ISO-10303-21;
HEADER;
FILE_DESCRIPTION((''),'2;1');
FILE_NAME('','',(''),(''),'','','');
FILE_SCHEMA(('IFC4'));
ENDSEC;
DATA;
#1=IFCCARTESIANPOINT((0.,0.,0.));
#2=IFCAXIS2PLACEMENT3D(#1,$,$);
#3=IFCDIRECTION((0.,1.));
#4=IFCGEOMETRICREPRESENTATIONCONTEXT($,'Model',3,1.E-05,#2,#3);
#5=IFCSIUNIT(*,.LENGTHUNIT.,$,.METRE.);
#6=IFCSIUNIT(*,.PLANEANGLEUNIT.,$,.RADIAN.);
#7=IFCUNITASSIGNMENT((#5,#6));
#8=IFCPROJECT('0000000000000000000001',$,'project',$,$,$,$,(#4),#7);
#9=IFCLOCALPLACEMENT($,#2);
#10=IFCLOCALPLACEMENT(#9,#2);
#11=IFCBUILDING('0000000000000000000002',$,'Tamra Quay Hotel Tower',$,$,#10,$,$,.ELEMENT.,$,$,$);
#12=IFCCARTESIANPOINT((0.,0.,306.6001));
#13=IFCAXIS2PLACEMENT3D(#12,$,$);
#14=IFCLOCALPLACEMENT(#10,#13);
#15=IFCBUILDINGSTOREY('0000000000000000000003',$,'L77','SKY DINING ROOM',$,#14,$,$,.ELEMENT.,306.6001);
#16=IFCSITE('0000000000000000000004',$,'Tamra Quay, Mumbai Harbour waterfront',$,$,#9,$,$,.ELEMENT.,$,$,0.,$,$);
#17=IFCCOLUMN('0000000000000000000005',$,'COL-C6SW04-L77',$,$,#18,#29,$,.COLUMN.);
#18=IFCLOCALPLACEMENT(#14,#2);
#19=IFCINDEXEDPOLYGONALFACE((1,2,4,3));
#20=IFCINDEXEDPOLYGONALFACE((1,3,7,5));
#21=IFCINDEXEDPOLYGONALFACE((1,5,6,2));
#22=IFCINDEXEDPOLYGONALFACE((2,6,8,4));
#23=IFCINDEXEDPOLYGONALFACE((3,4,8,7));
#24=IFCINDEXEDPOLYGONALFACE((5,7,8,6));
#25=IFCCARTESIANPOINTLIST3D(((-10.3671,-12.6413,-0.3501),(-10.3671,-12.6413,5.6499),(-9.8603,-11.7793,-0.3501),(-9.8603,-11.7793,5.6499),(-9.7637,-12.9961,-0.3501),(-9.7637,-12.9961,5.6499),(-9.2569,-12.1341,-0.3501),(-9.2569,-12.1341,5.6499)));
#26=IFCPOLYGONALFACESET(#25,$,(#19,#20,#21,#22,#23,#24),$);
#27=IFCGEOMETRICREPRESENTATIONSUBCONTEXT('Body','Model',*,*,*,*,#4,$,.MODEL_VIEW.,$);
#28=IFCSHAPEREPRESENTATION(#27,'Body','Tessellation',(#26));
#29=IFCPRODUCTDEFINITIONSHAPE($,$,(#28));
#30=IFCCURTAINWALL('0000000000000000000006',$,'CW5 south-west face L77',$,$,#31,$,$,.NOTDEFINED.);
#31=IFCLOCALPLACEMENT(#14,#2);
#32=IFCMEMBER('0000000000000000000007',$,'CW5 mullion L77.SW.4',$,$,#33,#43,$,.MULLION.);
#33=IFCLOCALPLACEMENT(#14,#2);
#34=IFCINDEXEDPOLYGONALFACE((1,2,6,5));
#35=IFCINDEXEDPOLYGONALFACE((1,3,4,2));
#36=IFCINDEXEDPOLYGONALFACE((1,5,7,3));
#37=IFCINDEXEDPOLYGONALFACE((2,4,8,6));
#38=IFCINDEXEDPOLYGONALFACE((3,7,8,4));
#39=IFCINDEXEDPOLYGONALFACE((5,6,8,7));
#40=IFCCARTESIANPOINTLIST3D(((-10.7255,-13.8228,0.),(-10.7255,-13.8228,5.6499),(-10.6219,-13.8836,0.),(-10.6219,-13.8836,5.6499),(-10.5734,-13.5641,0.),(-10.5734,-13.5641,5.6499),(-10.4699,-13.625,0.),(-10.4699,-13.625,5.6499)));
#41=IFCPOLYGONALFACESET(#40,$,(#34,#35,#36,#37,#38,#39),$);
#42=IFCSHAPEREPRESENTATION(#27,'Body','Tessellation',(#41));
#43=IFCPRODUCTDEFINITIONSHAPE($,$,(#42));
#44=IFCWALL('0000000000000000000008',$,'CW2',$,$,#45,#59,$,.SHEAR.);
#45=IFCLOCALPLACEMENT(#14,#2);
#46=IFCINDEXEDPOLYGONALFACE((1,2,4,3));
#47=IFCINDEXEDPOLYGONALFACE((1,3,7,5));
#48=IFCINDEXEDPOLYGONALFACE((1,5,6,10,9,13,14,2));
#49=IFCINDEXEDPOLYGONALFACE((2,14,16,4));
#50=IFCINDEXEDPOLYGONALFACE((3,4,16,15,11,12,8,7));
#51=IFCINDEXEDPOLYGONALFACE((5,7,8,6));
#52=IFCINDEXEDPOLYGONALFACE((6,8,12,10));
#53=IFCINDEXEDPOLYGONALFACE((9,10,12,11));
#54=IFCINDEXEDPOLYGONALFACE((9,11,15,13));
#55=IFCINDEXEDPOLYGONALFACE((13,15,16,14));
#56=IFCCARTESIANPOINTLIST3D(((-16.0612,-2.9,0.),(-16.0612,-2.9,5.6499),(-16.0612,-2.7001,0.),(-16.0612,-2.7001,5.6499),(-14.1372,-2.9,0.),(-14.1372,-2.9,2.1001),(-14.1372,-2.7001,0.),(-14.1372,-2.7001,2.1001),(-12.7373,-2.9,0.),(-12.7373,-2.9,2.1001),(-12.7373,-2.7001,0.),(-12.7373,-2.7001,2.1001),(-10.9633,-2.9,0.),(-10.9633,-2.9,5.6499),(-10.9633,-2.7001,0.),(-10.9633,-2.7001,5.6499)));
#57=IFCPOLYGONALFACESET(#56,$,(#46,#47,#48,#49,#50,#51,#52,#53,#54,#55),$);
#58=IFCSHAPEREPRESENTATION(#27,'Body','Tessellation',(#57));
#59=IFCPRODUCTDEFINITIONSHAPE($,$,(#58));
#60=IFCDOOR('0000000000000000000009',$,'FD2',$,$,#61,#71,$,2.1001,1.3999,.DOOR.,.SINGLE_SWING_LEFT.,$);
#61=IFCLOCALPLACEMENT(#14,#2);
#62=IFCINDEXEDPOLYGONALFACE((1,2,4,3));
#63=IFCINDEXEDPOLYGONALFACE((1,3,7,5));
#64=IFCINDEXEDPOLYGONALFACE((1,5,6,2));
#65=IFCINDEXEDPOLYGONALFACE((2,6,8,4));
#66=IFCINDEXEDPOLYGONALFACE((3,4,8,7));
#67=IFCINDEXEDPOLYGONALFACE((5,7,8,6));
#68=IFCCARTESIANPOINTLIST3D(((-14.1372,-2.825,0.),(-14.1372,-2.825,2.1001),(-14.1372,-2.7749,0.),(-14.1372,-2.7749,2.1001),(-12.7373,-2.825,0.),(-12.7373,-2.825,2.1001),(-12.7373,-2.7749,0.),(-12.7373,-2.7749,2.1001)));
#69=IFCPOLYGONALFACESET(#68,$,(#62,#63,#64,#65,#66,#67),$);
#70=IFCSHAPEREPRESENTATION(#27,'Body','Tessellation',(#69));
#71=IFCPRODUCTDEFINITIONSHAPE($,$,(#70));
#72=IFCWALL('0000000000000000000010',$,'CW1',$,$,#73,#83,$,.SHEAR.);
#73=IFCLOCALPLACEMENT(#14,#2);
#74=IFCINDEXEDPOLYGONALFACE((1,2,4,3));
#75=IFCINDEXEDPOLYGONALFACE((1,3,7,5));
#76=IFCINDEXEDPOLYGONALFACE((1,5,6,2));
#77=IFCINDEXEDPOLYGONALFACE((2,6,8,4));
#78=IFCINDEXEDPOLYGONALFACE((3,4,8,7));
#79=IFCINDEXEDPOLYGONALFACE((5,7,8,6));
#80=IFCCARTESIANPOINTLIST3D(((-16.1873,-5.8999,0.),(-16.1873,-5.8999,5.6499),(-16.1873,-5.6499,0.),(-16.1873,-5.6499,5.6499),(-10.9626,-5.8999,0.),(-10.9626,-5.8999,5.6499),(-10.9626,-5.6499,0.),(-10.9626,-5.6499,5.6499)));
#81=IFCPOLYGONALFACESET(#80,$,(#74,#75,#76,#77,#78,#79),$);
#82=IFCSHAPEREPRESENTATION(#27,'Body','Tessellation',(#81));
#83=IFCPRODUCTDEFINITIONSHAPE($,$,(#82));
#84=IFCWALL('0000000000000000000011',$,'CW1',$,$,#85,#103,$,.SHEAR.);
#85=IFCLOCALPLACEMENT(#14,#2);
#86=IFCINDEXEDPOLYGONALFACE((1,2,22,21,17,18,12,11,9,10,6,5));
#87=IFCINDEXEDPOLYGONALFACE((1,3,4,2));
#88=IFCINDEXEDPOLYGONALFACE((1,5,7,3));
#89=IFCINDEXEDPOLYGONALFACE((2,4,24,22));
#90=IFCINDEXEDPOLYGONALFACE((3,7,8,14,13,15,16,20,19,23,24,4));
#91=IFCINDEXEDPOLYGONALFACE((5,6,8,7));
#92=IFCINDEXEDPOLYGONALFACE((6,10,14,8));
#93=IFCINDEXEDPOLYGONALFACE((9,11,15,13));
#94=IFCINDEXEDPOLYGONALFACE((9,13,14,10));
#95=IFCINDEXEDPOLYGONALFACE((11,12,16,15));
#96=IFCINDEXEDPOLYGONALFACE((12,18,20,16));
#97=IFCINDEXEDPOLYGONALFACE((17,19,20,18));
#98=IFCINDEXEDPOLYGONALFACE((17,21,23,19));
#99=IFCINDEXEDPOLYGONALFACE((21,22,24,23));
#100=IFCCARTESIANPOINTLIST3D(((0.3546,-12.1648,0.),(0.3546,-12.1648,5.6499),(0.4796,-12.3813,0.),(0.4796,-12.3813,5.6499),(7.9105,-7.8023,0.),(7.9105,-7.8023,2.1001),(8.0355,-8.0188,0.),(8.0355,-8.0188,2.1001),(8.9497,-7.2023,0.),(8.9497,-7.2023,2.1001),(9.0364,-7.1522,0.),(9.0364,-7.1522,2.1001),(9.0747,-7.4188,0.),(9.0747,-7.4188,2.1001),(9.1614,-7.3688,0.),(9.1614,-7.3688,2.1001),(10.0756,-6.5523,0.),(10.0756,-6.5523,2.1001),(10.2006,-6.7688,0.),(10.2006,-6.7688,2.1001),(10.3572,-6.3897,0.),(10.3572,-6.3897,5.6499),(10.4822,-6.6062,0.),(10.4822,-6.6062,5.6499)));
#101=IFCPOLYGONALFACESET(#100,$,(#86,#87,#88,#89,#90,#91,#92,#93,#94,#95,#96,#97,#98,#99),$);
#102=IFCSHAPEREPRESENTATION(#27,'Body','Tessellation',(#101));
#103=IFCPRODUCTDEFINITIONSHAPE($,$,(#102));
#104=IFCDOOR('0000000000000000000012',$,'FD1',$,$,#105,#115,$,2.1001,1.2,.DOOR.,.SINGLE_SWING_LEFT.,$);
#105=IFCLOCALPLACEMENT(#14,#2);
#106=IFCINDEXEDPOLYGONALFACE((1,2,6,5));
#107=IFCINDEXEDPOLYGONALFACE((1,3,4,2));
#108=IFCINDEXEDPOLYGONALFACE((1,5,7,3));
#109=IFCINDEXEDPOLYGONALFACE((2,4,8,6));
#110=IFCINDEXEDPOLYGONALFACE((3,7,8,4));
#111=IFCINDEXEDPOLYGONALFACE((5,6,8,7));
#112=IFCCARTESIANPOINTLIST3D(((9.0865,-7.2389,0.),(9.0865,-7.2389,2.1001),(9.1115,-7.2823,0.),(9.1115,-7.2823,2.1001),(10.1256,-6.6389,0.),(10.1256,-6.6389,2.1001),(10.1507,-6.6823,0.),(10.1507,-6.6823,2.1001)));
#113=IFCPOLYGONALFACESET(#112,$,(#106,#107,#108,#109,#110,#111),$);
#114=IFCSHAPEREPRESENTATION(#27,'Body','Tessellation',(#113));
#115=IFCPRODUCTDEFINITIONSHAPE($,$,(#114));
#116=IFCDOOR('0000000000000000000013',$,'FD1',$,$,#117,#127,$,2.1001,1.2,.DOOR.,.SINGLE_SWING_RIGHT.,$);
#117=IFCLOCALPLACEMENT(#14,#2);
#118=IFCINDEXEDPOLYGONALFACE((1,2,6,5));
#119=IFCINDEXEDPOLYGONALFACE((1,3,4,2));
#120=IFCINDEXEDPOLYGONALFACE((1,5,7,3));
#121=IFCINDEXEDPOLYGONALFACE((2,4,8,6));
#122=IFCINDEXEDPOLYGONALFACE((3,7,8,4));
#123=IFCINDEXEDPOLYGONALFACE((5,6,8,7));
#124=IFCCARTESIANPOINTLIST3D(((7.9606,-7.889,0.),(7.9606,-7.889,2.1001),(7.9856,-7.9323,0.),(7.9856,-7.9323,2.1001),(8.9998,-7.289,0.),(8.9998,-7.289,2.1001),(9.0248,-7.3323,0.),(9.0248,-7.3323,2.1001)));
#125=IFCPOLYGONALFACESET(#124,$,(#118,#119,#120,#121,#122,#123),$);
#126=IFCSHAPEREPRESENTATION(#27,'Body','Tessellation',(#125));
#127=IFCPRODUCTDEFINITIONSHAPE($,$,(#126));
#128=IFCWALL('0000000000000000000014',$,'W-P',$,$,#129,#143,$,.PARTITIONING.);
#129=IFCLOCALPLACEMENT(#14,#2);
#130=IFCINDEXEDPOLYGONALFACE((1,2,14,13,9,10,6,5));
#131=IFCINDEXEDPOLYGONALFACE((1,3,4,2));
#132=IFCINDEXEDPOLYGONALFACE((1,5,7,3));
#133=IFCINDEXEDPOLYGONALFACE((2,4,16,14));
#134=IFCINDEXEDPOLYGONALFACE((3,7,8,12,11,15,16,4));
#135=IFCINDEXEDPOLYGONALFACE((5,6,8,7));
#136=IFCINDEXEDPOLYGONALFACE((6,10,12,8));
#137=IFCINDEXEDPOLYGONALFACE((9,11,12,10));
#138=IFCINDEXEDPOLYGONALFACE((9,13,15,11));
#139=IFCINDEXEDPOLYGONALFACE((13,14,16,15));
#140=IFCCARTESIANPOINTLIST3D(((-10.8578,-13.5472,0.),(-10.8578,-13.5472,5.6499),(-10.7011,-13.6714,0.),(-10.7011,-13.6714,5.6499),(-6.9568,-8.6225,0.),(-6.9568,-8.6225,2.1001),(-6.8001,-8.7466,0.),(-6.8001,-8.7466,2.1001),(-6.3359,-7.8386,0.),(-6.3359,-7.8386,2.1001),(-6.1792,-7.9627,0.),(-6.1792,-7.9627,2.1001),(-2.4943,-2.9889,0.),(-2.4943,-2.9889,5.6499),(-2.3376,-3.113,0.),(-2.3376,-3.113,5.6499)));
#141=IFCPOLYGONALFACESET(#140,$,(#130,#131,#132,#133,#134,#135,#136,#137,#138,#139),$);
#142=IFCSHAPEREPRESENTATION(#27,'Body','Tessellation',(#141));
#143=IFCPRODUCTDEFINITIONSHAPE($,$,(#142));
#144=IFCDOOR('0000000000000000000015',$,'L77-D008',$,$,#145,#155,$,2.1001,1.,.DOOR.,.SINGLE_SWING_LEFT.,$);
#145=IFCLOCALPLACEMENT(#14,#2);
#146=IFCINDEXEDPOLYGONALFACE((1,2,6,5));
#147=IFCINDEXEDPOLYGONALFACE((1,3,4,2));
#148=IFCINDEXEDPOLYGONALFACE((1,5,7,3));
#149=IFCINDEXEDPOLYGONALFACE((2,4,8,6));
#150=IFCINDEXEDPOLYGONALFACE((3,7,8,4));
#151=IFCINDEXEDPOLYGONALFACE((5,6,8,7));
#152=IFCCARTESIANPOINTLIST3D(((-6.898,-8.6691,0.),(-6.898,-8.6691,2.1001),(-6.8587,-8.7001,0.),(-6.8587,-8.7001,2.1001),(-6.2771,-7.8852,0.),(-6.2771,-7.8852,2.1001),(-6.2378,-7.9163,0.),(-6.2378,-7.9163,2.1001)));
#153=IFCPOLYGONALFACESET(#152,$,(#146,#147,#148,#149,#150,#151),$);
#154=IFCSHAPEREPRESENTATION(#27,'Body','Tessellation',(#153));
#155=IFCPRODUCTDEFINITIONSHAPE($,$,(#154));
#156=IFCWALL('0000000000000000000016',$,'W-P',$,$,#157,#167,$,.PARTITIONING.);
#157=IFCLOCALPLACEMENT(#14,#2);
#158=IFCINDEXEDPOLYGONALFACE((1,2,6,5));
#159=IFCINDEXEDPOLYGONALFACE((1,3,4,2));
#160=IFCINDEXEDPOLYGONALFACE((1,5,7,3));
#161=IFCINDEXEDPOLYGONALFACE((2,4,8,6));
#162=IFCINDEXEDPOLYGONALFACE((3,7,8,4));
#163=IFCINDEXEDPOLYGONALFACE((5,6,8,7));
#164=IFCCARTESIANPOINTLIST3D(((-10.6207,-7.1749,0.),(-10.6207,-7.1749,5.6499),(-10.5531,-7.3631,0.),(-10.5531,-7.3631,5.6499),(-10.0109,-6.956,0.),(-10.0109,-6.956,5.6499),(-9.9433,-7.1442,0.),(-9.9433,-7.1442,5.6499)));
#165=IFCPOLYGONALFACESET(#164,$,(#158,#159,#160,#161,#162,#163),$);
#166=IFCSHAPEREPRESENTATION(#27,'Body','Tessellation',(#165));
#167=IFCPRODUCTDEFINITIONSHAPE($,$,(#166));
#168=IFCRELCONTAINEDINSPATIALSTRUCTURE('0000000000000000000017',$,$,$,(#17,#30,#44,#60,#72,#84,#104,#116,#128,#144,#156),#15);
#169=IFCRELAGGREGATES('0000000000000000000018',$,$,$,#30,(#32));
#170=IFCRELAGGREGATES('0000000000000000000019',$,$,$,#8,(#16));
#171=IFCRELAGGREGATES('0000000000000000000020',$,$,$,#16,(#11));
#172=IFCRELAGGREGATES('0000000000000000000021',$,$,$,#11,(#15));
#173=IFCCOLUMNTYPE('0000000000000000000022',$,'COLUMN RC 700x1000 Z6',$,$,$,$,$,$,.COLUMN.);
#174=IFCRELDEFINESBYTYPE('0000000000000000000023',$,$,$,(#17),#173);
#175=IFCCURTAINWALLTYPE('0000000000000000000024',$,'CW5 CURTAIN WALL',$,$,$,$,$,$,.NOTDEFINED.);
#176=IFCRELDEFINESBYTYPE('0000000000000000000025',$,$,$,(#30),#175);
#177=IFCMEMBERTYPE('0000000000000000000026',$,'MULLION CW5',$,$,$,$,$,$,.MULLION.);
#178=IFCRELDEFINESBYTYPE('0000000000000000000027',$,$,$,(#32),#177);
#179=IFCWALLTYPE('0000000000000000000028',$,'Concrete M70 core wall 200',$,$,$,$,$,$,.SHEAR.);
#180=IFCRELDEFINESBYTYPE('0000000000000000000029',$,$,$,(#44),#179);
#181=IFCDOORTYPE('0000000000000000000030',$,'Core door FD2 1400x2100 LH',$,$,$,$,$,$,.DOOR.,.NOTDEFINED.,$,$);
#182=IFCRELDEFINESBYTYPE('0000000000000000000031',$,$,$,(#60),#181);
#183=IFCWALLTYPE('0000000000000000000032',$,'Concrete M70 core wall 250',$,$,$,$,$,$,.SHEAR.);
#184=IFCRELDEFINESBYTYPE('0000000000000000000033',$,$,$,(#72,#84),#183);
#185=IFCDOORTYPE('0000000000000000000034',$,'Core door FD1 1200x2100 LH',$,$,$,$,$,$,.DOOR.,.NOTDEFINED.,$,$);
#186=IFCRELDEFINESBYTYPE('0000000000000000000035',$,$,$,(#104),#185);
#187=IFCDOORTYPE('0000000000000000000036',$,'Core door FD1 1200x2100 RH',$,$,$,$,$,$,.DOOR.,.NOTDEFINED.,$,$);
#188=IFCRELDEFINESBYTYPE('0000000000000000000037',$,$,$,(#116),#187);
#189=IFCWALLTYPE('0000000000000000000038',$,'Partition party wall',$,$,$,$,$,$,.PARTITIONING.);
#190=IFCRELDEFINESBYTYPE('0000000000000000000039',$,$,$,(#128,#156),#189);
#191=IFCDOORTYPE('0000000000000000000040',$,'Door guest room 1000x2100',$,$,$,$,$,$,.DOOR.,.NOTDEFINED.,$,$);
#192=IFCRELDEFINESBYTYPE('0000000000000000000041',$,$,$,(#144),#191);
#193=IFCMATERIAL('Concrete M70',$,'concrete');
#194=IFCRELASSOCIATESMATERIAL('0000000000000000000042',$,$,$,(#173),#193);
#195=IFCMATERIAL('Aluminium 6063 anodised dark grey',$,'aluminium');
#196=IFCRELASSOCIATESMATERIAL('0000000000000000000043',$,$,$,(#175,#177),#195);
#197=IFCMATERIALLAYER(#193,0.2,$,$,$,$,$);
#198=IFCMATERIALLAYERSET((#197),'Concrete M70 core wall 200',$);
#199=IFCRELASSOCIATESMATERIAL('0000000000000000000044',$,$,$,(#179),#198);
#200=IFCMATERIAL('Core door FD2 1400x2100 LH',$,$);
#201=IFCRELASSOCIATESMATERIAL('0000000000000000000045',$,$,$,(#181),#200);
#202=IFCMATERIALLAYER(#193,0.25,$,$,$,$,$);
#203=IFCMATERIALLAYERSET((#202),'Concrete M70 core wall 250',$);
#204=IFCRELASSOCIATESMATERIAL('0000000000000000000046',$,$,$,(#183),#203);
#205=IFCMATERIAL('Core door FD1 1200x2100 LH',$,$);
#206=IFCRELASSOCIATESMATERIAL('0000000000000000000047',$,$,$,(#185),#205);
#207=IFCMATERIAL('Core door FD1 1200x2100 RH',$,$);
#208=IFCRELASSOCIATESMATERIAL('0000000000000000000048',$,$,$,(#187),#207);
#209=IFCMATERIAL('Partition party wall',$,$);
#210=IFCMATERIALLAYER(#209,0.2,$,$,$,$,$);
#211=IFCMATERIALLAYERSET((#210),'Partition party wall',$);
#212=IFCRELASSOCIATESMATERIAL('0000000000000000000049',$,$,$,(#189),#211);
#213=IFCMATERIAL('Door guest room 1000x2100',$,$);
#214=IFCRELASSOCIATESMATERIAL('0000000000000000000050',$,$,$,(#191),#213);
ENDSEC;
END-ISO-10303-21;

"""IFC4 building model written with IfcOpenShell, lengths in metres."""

from ifc_helpers import new_model, si_unit, direction, frame, frame_2d, origin, origin_2d, place, context, subcontext, project, spatial, rectangle, extrude, material, layer, layer_set, material_profile, profile_set, type_object, element, fill, aggregate, save


model = new_model("IFC4")

# Units and contexts
model_context = context("Model", 3, precision=1e-05, world=origin(), true_north=direction((0.0, 1.0)))
body_context = subcontext(model_context, "Body", "Model", "MODEL_VIEW")
ifc_project = project(units=[si_unit("LENGTHUNIT", "METRE"), si_unit("PLANEANGLEUNIT", "RADIAN")], contexts=[model_context])

# Site, building, storey
site_placement = place(None, origin())
site = spatial("IfcSite", under=ifc_project, at=site_placement, Name="Tamra Quay, Mumbai Harbour waterfront", CompositionType="ELEMENT", RefElevation=0.0)
building_placement = place(site_placement, origin())
building = spatial("IfcBuilding", under=site, at=building_placement, Name="Tamra Quay Hotel Tower", CompositionType="ELEMENT")
storey_placement = place(building_placement, frame((0.0, 0.0, 306.6001)))
storey = spatial("IfcBuildingStorey", under=building, at=storey_placement, Name="L77", Description="SKY DINING ROOM", CompositionType="ELEMENT", Elevation=306.6001)

# Column
ifc_material_1 = material(Name="Concrete M70", Category="concrete")
ifc_material_profile_1 = material_profile(ifc_material_1, rectangle(XDim=1.0, YDim=0.7, at=origin_2d()), Name="COLUMN RC 700x1000 Z6")
ifc_profile_set_1 = profile_set([ifc_material_profile_1], Name="Concrete M70")
column_type = type_object("IfcColumnType", Name="COLUMN RC 700x1000 Z6", PredefinedType="COLUMN", material=ifc_profile_set_1)
column_placement = place(storey_placement, frame((-9.812, -12.3877, -0.3501), z_axis=(0.0, 0.0, 1.0), x_axis=(0.506843, 0.862038, 0.0)))
element("IfcColumn", 1, at=column_placement, inside=storey, type_object=column_type, Name="COL-C6SW04-L77", PredefinedType="COLUMN", context=body_context, shape_type="SweptSolid", body=[
    extrude(rectangle(XDim=1.0, YDim=0.7, at=origin_2d()), origin(), (0.0, 0.0, 1.0), 6.0),
])

# Curtain wall, member
ifc_material_2 = material(Name="Aluminium 6063 anodised dark grey", Category="aluminium")
curtain_wall_type = type_object("IfcCurtainWallType", Name="CW5 CURTAIN WALL", PredefinedType="NOTDEFINED", material=ifc_material_2)
curtain_wall_placement = place(storey_placement, origin())
curtain_wall = element("IfcCurtainWall", 2, at=curtain_wall_placement, inside=storey, type_object=curtain_wall_type, Name="CW5 south-west face L77", PredefinedType="NOTDEFINED")
ifc_material_profile_2 = material_profile(ifc_material_2, rectangle(XDim=0.3, YDim=0.1201, at=origin_2d()), Name="MULLION 120X300")
ifc_profile_set_2 = profile_set([ifc_material_profile_2], Name="Aluminium 6063 anodised dark grey")
member_type = type_object("IfcMemberType", Name="MULLION CW5", PredefinedType="MULLION", material=ifc_profile_set_2)
member_placement = place(storey_placement, frame((-10.5977, -13.7239, 0.0), z_axis=(0.0, 0.0, 1.0), x_axis=(-0.506754, -0.862091, 0.0)))
member = element("IfcMember", 3, at=member_placement, type_object=member_type, Name="CW5 mullion L77.SW.4", PredefinedType="MULLION", context=body_context, shape_type="SweptSolid", body=[
    extrude(rectangle(XDim=0.3, YDim=0.1201, at=origin_2d()), origin(), (0.0, 0.0, 1.0), 5.6499),
])
aggregate(curtain_wall, [member])

# Wall, opening, door
ifc_layer_1 = layer(ifc_material_1, 0.2)
ifc_layer_set_1 = layer_set([ifc_layer_1], Name="Concrete M70 core wall 200")
wall_type_1 = type_object("IfcWallType", Name="Concrete M70 core wall 200", PredefinedType="SHEAR", material=ifc_layer_set_1)
wall_1_placement = place(storey_placement, frame((-10.9634, -2.8, 0.0), z_axis=(0.0, 0.0, 1.0), x_axis=(-1.0, 0.0, 0.0)))
wall_1 = element("IfcWall", 4, at=wall_1_placement, inside=storey, type_object=wall_type_1, Name="CW2", PredefinedType="SHEAR", context=body_context, shape_type="SweptSolid", body=[
    extrude(rectangle(XDim=5.0979, YDim=0.2, at=frame_2d((2.5488, 0.0))), origin(), (0.0, 0.0, 1.0), 5.6499),
])
opening_1_placement = place(wall_1_placement, frame((1.7739, 0.0, 0.0)))
opening_1 = element("IfcOpeningElement", 5, at=opening_1_placement, cuts=wall_1, PredefinedType="OPENING", context=body_context, shape_type="SweptSolid", body=[
    extrude(rectangle(XDim=1.3999, YDim=2.1001, at=frame_2d((0.7, 1.05))), frame((0.0, 0.1099, 0.0), z_axis=(0.0, -1.0, 0.0), x_axis=(1.0, 0.0, 0.0)), (0.0, 0.0, 1.0), 0.22),
])
ifc_material_3 = material(Name="Core door FD2 1400x2100 LH")
door_type_1 = type_object("IfcDoorType", Name="Core door FD2 1400x2100 LH", OperationType="NOTDEFINED", PredefinedType="DOOR", material=ifc_material_3)
door_1_placement = place(opening_1_placement, origin())
door_1 = element("IfcDoor", 6, at=door_1_placement, inside=storey, type_object=door_type_1, Name="FD2", OperationType="SINGLE_SWING_LEFT", OverallHeight=2.1001, OverallWidth=1.3999, PredefinedType="DOOR", context=body_context, shape_type="SweptSolid", body=[
    extrude(rectangle(XDim=1.3999, YDim=2.1001, at=frame_2d((0.7, 1.05))), frame((0.0, 0.0249, 0.0), z_axis=(0.0, -1.0, 0.0), x_axis=(1.0, 0.0, 0.0)), (0.0, 0.0, 1.0), 0.05),
])
fill(opening_1, door_1)

# Wall
ifc_layer_2 = layer(ifc_material_1, 0.25)
ifc_layer_set_2 = layer_set([ifc_layer_2], Name="Concrete M70 core wall 250")
wall_type_2 = type_object("IfcWallType", Name="Concrete M70 core wall 250", PredefinedType="SHEAR", material=ifc_layer_set_2)
wall_2_placement = place(storey_placement, frame((-10.9626, -5.7749, 0.0), z_axis=(0.0, 0.0, 1.0), x_axis=(-1.0, 0.0, 0.0)))
element("IfcWall", 7, at=wall_2_placement, inside=storey, type_object=wall_type_2, Name="CW1", PredefinedType="SHEAR", context=body_context, shape_type="SweptSolid", body=[
    extrude(rectangle(XDim=5.2246, YDim=0.25, at=frame_2d((2.6123, 0.0))), origin(), (0.0, 0.0, 1.0), 5.6499),
])

# Wall, openings, doors
wall_3_placement = place(storey_placement, frame((0.4172, -12.2729, 0.0), z_axis=(0.0, 0.0, 1.0), x_axis=(0.866022, 0.500006, 0.0)))
wall_3 = element("IfcWall", 8, at=wall_3_placement, inside=storey, type_object=wall_type_2, Name="CW1", PredefinedType="SHEAR", context=body_context, shape_type="SweptSolid", body=[
    extrude(rectangle(XDim=11.55, YDim=0.25, at=frame_2d((5.7749, 0.0))), origin(), (0.0, 0.0, 1.0), 5.6499),
])
opening_2_placement = place(wall_3_placement, frame((10.0247, 0.0, 0.0)))
opening_2 = element("IfcOpeningElement", 9, at=opening_2_placement, cuts=wall_3, PredefinedType="OPENING", context=body_context, shape_type="SweptSolid", body=[
    extrude(rectangle(XDim=1.2, YDim=2.1001, at=frame_2d((0.6001, 1.05))), frame((0.0, 0.135, 0.0), z_axis=(0.0, -1.0, 0.0), x_axis=(1.0, 0.0, 0.0)), (0.0, 0.0, 1.0), 0.27),
])
opening_3_placement = place(wall_3_placement, frame((8.7246, 0.0, 0.0)))
opening_3 = element("IfcOpeningElement", 10, at=opening_3_placement, cuts=wall_3, PredefinedType="OPENING", context=body_context, shape_type="SweptSolid", body=[
    extrude(rectangle(XDim=1.2, YDim=2.1001, at=frame_2d((0.6001, 1.05))), frame((0.0, 0.135, 0.0), z_axis=(0.0, -1.0, 0.0), x_axis=(1.0, 0.0, 0.0)), (0.0, 0.0, 1.0), 0.27),
])
ifc_material_4 = material(Name="Core door FD1 1200x2100 LH")
door_type_2 = type_object("IfcDoorType", Name="Core door FD1 1200x2100 LH", OperationType="NOTDEFINED", PredefinedType="DOOR", material=ifc_material_4)
door_2_placement = place(opening_2_placement, origin())
door_2 = element("IfcDoor", 11, at=door_2_placement, inside=storey, type_object=door_type_2, Name="FD1", OperationType="SINGLE_SWING_LEFT", OverallHeight=2.1001, OverallWidth=1.2, PredefinedType="DOOR", context=body_context, shape_type="SweptSolid", body=[
    extrude(rectangle(XDim=1.2, YDim=2.1001, at=frame_2d((0.6001, 1.05))), frame((0.0, 0.0249, 0.0), z_axis=(0.0, -1.0, 0.0), x_axis=(1.0, 0.0, 0.0)), (0.0, 0.0, 1.0), 0.05),
])
fill(opening_2, door_2)
ifc_material_5 = material(Name="Core door FD1 1200x2100 RH")
door_type_3 = type_object("IfcDoorType", Name="Core door FD1 1200x2100 RH", OperationType="NOTDEFINED", PredefinedType="DOOR", material=ifc_material_5)
door_3_placement = place(opening_3_placement, origin())
door_3 = element("IfcDoor", 12, at=door_3_placement, inside=storey, type_object=door_type_3, Name="FD1", OperationType="SINGLE_SWING_RIGHT", OverallHeight=2.1001, OverallWidth=1.2, PredefinedType="DOOR", context=body_context, shape_type="SweptSolid", body=[
    extrude(rectangle(XDim=1.2, YDim=2.1001, at=frame_2d((0.6001, 1.05))), frame((0.0, 0.0249, 0.0), z_axis=(0.0, -1.0, 0.0), x_axis=(1.0, 0.0, 0.0)), (0.0, 0.0, 1.0), 0.05),
])
fill(opening_3, door_3)

# Wall, opening, door
ifc_material_6 = material(Name="Partition party wall")
ifc_layer_3 = layer(ifc_material_6, 0.2)
ifc_layer_set_3 = layer_set([ifc_layer_3], Name="Partition party wall")
wall_type_3 = type_object("IfcWallType", Name="Partition party wall", PredefinedType="PARTITIONING", material=ifc_layer_set_3)
wall_4_placement = place(storey_placement, frame((-10.7795, -13.6094, 0.0), z_axis=(0.0, 0.0, 1.0), x_axis=(0.620923, 0.783871, 0.0)))
wall_4 = element("IfcWall", 13, at=wall_4_placement, inside=storey, type_object=wall_type_3, Name="W-P", PredefinedType="PARTITIONING", context=body_context, shape_type="SweptSolid", body=[
    extrude(rectangle(XDim=13.4695, YDim=0.2, at=frame_2d((6.7349, 0.0))), origin(), (0.0, 0.0, 1.0), 5.6499),
])
opening_4_placement = place(wall_4_placement, frame((6.2827, 0.0, 0.0)))
opening_4 = element("IfcOpeningElement", 14, at=opening_4_placement, cuts=wall_4, PredefinedType="OPENING", context=body_context, shape_type="SweptSolid", body=[
    extrude(rectangle(XDim=1.0, YDim=2.1001, at=frame_2d((0.5, 1.05))), frame((0.0, 0.1099, 0.0), z_axis=(0.0, -1.0, 0.0), x_axis=(1.0, 0.0, 0.0)), (0.0, 0.0, 1.0), 0.22),
])
ifc_material_7 = material(Name="Door guest room 1000x2100")
door_type_4 = type_object("IfcDoorType", Name="Door guest room 1000x2100", OperationType="NOTDEFINED", PredefinedType="DOOR", material=ifc_material_7)
door_4_placement = place(opening_4_placement, origin())
door_4 = element("IfcDoor", 15, at=door_4_placement, inside=storey, type_object=door_type_4, Name="L77-D008", OperationType="SINGLE_SWING_LEFT", OverallHeight=2.1001, OverallWidth=1.0, PredefinedType="DOOR", context=body_context, shape_type="SweptSolid", body=[
    extrude(rectangle(XDim=1.0, YDim=2.1001, at=frame_2d((0.5, 1.05))), frame((0.0, 0.0249, 0.0), z_axis=(0.0, -1.0, 0.0), x_axis=(1.0, 0.0, 0.0)), (0.0, 0.0, 1.0), 0.05),
])
fill(opening_4, door_4)

# Wall
wall_5_placement = place(storey_placement, frame((-10.5869, -7.269, 0.0), z_axis=(0.0, 0.0, 1.0), x_axis=(0.941161, 0.337959, 0.0)))
element("IfcWall", 16, at=wall_5_placement, inside=storey, type_object=wall_type_3, Name="W-P", PredefinedType="PARTITIONING", context=body_context, shape_type="SweptSolid", body=[
    extrude(rectangle(XDim=0.6479, YDim=0.2, at=frame_2d((0.324, 0.0))), origin(), (0.0, 0.0, 1.0), 5.6499),
])

save(model, "model.ifc")
